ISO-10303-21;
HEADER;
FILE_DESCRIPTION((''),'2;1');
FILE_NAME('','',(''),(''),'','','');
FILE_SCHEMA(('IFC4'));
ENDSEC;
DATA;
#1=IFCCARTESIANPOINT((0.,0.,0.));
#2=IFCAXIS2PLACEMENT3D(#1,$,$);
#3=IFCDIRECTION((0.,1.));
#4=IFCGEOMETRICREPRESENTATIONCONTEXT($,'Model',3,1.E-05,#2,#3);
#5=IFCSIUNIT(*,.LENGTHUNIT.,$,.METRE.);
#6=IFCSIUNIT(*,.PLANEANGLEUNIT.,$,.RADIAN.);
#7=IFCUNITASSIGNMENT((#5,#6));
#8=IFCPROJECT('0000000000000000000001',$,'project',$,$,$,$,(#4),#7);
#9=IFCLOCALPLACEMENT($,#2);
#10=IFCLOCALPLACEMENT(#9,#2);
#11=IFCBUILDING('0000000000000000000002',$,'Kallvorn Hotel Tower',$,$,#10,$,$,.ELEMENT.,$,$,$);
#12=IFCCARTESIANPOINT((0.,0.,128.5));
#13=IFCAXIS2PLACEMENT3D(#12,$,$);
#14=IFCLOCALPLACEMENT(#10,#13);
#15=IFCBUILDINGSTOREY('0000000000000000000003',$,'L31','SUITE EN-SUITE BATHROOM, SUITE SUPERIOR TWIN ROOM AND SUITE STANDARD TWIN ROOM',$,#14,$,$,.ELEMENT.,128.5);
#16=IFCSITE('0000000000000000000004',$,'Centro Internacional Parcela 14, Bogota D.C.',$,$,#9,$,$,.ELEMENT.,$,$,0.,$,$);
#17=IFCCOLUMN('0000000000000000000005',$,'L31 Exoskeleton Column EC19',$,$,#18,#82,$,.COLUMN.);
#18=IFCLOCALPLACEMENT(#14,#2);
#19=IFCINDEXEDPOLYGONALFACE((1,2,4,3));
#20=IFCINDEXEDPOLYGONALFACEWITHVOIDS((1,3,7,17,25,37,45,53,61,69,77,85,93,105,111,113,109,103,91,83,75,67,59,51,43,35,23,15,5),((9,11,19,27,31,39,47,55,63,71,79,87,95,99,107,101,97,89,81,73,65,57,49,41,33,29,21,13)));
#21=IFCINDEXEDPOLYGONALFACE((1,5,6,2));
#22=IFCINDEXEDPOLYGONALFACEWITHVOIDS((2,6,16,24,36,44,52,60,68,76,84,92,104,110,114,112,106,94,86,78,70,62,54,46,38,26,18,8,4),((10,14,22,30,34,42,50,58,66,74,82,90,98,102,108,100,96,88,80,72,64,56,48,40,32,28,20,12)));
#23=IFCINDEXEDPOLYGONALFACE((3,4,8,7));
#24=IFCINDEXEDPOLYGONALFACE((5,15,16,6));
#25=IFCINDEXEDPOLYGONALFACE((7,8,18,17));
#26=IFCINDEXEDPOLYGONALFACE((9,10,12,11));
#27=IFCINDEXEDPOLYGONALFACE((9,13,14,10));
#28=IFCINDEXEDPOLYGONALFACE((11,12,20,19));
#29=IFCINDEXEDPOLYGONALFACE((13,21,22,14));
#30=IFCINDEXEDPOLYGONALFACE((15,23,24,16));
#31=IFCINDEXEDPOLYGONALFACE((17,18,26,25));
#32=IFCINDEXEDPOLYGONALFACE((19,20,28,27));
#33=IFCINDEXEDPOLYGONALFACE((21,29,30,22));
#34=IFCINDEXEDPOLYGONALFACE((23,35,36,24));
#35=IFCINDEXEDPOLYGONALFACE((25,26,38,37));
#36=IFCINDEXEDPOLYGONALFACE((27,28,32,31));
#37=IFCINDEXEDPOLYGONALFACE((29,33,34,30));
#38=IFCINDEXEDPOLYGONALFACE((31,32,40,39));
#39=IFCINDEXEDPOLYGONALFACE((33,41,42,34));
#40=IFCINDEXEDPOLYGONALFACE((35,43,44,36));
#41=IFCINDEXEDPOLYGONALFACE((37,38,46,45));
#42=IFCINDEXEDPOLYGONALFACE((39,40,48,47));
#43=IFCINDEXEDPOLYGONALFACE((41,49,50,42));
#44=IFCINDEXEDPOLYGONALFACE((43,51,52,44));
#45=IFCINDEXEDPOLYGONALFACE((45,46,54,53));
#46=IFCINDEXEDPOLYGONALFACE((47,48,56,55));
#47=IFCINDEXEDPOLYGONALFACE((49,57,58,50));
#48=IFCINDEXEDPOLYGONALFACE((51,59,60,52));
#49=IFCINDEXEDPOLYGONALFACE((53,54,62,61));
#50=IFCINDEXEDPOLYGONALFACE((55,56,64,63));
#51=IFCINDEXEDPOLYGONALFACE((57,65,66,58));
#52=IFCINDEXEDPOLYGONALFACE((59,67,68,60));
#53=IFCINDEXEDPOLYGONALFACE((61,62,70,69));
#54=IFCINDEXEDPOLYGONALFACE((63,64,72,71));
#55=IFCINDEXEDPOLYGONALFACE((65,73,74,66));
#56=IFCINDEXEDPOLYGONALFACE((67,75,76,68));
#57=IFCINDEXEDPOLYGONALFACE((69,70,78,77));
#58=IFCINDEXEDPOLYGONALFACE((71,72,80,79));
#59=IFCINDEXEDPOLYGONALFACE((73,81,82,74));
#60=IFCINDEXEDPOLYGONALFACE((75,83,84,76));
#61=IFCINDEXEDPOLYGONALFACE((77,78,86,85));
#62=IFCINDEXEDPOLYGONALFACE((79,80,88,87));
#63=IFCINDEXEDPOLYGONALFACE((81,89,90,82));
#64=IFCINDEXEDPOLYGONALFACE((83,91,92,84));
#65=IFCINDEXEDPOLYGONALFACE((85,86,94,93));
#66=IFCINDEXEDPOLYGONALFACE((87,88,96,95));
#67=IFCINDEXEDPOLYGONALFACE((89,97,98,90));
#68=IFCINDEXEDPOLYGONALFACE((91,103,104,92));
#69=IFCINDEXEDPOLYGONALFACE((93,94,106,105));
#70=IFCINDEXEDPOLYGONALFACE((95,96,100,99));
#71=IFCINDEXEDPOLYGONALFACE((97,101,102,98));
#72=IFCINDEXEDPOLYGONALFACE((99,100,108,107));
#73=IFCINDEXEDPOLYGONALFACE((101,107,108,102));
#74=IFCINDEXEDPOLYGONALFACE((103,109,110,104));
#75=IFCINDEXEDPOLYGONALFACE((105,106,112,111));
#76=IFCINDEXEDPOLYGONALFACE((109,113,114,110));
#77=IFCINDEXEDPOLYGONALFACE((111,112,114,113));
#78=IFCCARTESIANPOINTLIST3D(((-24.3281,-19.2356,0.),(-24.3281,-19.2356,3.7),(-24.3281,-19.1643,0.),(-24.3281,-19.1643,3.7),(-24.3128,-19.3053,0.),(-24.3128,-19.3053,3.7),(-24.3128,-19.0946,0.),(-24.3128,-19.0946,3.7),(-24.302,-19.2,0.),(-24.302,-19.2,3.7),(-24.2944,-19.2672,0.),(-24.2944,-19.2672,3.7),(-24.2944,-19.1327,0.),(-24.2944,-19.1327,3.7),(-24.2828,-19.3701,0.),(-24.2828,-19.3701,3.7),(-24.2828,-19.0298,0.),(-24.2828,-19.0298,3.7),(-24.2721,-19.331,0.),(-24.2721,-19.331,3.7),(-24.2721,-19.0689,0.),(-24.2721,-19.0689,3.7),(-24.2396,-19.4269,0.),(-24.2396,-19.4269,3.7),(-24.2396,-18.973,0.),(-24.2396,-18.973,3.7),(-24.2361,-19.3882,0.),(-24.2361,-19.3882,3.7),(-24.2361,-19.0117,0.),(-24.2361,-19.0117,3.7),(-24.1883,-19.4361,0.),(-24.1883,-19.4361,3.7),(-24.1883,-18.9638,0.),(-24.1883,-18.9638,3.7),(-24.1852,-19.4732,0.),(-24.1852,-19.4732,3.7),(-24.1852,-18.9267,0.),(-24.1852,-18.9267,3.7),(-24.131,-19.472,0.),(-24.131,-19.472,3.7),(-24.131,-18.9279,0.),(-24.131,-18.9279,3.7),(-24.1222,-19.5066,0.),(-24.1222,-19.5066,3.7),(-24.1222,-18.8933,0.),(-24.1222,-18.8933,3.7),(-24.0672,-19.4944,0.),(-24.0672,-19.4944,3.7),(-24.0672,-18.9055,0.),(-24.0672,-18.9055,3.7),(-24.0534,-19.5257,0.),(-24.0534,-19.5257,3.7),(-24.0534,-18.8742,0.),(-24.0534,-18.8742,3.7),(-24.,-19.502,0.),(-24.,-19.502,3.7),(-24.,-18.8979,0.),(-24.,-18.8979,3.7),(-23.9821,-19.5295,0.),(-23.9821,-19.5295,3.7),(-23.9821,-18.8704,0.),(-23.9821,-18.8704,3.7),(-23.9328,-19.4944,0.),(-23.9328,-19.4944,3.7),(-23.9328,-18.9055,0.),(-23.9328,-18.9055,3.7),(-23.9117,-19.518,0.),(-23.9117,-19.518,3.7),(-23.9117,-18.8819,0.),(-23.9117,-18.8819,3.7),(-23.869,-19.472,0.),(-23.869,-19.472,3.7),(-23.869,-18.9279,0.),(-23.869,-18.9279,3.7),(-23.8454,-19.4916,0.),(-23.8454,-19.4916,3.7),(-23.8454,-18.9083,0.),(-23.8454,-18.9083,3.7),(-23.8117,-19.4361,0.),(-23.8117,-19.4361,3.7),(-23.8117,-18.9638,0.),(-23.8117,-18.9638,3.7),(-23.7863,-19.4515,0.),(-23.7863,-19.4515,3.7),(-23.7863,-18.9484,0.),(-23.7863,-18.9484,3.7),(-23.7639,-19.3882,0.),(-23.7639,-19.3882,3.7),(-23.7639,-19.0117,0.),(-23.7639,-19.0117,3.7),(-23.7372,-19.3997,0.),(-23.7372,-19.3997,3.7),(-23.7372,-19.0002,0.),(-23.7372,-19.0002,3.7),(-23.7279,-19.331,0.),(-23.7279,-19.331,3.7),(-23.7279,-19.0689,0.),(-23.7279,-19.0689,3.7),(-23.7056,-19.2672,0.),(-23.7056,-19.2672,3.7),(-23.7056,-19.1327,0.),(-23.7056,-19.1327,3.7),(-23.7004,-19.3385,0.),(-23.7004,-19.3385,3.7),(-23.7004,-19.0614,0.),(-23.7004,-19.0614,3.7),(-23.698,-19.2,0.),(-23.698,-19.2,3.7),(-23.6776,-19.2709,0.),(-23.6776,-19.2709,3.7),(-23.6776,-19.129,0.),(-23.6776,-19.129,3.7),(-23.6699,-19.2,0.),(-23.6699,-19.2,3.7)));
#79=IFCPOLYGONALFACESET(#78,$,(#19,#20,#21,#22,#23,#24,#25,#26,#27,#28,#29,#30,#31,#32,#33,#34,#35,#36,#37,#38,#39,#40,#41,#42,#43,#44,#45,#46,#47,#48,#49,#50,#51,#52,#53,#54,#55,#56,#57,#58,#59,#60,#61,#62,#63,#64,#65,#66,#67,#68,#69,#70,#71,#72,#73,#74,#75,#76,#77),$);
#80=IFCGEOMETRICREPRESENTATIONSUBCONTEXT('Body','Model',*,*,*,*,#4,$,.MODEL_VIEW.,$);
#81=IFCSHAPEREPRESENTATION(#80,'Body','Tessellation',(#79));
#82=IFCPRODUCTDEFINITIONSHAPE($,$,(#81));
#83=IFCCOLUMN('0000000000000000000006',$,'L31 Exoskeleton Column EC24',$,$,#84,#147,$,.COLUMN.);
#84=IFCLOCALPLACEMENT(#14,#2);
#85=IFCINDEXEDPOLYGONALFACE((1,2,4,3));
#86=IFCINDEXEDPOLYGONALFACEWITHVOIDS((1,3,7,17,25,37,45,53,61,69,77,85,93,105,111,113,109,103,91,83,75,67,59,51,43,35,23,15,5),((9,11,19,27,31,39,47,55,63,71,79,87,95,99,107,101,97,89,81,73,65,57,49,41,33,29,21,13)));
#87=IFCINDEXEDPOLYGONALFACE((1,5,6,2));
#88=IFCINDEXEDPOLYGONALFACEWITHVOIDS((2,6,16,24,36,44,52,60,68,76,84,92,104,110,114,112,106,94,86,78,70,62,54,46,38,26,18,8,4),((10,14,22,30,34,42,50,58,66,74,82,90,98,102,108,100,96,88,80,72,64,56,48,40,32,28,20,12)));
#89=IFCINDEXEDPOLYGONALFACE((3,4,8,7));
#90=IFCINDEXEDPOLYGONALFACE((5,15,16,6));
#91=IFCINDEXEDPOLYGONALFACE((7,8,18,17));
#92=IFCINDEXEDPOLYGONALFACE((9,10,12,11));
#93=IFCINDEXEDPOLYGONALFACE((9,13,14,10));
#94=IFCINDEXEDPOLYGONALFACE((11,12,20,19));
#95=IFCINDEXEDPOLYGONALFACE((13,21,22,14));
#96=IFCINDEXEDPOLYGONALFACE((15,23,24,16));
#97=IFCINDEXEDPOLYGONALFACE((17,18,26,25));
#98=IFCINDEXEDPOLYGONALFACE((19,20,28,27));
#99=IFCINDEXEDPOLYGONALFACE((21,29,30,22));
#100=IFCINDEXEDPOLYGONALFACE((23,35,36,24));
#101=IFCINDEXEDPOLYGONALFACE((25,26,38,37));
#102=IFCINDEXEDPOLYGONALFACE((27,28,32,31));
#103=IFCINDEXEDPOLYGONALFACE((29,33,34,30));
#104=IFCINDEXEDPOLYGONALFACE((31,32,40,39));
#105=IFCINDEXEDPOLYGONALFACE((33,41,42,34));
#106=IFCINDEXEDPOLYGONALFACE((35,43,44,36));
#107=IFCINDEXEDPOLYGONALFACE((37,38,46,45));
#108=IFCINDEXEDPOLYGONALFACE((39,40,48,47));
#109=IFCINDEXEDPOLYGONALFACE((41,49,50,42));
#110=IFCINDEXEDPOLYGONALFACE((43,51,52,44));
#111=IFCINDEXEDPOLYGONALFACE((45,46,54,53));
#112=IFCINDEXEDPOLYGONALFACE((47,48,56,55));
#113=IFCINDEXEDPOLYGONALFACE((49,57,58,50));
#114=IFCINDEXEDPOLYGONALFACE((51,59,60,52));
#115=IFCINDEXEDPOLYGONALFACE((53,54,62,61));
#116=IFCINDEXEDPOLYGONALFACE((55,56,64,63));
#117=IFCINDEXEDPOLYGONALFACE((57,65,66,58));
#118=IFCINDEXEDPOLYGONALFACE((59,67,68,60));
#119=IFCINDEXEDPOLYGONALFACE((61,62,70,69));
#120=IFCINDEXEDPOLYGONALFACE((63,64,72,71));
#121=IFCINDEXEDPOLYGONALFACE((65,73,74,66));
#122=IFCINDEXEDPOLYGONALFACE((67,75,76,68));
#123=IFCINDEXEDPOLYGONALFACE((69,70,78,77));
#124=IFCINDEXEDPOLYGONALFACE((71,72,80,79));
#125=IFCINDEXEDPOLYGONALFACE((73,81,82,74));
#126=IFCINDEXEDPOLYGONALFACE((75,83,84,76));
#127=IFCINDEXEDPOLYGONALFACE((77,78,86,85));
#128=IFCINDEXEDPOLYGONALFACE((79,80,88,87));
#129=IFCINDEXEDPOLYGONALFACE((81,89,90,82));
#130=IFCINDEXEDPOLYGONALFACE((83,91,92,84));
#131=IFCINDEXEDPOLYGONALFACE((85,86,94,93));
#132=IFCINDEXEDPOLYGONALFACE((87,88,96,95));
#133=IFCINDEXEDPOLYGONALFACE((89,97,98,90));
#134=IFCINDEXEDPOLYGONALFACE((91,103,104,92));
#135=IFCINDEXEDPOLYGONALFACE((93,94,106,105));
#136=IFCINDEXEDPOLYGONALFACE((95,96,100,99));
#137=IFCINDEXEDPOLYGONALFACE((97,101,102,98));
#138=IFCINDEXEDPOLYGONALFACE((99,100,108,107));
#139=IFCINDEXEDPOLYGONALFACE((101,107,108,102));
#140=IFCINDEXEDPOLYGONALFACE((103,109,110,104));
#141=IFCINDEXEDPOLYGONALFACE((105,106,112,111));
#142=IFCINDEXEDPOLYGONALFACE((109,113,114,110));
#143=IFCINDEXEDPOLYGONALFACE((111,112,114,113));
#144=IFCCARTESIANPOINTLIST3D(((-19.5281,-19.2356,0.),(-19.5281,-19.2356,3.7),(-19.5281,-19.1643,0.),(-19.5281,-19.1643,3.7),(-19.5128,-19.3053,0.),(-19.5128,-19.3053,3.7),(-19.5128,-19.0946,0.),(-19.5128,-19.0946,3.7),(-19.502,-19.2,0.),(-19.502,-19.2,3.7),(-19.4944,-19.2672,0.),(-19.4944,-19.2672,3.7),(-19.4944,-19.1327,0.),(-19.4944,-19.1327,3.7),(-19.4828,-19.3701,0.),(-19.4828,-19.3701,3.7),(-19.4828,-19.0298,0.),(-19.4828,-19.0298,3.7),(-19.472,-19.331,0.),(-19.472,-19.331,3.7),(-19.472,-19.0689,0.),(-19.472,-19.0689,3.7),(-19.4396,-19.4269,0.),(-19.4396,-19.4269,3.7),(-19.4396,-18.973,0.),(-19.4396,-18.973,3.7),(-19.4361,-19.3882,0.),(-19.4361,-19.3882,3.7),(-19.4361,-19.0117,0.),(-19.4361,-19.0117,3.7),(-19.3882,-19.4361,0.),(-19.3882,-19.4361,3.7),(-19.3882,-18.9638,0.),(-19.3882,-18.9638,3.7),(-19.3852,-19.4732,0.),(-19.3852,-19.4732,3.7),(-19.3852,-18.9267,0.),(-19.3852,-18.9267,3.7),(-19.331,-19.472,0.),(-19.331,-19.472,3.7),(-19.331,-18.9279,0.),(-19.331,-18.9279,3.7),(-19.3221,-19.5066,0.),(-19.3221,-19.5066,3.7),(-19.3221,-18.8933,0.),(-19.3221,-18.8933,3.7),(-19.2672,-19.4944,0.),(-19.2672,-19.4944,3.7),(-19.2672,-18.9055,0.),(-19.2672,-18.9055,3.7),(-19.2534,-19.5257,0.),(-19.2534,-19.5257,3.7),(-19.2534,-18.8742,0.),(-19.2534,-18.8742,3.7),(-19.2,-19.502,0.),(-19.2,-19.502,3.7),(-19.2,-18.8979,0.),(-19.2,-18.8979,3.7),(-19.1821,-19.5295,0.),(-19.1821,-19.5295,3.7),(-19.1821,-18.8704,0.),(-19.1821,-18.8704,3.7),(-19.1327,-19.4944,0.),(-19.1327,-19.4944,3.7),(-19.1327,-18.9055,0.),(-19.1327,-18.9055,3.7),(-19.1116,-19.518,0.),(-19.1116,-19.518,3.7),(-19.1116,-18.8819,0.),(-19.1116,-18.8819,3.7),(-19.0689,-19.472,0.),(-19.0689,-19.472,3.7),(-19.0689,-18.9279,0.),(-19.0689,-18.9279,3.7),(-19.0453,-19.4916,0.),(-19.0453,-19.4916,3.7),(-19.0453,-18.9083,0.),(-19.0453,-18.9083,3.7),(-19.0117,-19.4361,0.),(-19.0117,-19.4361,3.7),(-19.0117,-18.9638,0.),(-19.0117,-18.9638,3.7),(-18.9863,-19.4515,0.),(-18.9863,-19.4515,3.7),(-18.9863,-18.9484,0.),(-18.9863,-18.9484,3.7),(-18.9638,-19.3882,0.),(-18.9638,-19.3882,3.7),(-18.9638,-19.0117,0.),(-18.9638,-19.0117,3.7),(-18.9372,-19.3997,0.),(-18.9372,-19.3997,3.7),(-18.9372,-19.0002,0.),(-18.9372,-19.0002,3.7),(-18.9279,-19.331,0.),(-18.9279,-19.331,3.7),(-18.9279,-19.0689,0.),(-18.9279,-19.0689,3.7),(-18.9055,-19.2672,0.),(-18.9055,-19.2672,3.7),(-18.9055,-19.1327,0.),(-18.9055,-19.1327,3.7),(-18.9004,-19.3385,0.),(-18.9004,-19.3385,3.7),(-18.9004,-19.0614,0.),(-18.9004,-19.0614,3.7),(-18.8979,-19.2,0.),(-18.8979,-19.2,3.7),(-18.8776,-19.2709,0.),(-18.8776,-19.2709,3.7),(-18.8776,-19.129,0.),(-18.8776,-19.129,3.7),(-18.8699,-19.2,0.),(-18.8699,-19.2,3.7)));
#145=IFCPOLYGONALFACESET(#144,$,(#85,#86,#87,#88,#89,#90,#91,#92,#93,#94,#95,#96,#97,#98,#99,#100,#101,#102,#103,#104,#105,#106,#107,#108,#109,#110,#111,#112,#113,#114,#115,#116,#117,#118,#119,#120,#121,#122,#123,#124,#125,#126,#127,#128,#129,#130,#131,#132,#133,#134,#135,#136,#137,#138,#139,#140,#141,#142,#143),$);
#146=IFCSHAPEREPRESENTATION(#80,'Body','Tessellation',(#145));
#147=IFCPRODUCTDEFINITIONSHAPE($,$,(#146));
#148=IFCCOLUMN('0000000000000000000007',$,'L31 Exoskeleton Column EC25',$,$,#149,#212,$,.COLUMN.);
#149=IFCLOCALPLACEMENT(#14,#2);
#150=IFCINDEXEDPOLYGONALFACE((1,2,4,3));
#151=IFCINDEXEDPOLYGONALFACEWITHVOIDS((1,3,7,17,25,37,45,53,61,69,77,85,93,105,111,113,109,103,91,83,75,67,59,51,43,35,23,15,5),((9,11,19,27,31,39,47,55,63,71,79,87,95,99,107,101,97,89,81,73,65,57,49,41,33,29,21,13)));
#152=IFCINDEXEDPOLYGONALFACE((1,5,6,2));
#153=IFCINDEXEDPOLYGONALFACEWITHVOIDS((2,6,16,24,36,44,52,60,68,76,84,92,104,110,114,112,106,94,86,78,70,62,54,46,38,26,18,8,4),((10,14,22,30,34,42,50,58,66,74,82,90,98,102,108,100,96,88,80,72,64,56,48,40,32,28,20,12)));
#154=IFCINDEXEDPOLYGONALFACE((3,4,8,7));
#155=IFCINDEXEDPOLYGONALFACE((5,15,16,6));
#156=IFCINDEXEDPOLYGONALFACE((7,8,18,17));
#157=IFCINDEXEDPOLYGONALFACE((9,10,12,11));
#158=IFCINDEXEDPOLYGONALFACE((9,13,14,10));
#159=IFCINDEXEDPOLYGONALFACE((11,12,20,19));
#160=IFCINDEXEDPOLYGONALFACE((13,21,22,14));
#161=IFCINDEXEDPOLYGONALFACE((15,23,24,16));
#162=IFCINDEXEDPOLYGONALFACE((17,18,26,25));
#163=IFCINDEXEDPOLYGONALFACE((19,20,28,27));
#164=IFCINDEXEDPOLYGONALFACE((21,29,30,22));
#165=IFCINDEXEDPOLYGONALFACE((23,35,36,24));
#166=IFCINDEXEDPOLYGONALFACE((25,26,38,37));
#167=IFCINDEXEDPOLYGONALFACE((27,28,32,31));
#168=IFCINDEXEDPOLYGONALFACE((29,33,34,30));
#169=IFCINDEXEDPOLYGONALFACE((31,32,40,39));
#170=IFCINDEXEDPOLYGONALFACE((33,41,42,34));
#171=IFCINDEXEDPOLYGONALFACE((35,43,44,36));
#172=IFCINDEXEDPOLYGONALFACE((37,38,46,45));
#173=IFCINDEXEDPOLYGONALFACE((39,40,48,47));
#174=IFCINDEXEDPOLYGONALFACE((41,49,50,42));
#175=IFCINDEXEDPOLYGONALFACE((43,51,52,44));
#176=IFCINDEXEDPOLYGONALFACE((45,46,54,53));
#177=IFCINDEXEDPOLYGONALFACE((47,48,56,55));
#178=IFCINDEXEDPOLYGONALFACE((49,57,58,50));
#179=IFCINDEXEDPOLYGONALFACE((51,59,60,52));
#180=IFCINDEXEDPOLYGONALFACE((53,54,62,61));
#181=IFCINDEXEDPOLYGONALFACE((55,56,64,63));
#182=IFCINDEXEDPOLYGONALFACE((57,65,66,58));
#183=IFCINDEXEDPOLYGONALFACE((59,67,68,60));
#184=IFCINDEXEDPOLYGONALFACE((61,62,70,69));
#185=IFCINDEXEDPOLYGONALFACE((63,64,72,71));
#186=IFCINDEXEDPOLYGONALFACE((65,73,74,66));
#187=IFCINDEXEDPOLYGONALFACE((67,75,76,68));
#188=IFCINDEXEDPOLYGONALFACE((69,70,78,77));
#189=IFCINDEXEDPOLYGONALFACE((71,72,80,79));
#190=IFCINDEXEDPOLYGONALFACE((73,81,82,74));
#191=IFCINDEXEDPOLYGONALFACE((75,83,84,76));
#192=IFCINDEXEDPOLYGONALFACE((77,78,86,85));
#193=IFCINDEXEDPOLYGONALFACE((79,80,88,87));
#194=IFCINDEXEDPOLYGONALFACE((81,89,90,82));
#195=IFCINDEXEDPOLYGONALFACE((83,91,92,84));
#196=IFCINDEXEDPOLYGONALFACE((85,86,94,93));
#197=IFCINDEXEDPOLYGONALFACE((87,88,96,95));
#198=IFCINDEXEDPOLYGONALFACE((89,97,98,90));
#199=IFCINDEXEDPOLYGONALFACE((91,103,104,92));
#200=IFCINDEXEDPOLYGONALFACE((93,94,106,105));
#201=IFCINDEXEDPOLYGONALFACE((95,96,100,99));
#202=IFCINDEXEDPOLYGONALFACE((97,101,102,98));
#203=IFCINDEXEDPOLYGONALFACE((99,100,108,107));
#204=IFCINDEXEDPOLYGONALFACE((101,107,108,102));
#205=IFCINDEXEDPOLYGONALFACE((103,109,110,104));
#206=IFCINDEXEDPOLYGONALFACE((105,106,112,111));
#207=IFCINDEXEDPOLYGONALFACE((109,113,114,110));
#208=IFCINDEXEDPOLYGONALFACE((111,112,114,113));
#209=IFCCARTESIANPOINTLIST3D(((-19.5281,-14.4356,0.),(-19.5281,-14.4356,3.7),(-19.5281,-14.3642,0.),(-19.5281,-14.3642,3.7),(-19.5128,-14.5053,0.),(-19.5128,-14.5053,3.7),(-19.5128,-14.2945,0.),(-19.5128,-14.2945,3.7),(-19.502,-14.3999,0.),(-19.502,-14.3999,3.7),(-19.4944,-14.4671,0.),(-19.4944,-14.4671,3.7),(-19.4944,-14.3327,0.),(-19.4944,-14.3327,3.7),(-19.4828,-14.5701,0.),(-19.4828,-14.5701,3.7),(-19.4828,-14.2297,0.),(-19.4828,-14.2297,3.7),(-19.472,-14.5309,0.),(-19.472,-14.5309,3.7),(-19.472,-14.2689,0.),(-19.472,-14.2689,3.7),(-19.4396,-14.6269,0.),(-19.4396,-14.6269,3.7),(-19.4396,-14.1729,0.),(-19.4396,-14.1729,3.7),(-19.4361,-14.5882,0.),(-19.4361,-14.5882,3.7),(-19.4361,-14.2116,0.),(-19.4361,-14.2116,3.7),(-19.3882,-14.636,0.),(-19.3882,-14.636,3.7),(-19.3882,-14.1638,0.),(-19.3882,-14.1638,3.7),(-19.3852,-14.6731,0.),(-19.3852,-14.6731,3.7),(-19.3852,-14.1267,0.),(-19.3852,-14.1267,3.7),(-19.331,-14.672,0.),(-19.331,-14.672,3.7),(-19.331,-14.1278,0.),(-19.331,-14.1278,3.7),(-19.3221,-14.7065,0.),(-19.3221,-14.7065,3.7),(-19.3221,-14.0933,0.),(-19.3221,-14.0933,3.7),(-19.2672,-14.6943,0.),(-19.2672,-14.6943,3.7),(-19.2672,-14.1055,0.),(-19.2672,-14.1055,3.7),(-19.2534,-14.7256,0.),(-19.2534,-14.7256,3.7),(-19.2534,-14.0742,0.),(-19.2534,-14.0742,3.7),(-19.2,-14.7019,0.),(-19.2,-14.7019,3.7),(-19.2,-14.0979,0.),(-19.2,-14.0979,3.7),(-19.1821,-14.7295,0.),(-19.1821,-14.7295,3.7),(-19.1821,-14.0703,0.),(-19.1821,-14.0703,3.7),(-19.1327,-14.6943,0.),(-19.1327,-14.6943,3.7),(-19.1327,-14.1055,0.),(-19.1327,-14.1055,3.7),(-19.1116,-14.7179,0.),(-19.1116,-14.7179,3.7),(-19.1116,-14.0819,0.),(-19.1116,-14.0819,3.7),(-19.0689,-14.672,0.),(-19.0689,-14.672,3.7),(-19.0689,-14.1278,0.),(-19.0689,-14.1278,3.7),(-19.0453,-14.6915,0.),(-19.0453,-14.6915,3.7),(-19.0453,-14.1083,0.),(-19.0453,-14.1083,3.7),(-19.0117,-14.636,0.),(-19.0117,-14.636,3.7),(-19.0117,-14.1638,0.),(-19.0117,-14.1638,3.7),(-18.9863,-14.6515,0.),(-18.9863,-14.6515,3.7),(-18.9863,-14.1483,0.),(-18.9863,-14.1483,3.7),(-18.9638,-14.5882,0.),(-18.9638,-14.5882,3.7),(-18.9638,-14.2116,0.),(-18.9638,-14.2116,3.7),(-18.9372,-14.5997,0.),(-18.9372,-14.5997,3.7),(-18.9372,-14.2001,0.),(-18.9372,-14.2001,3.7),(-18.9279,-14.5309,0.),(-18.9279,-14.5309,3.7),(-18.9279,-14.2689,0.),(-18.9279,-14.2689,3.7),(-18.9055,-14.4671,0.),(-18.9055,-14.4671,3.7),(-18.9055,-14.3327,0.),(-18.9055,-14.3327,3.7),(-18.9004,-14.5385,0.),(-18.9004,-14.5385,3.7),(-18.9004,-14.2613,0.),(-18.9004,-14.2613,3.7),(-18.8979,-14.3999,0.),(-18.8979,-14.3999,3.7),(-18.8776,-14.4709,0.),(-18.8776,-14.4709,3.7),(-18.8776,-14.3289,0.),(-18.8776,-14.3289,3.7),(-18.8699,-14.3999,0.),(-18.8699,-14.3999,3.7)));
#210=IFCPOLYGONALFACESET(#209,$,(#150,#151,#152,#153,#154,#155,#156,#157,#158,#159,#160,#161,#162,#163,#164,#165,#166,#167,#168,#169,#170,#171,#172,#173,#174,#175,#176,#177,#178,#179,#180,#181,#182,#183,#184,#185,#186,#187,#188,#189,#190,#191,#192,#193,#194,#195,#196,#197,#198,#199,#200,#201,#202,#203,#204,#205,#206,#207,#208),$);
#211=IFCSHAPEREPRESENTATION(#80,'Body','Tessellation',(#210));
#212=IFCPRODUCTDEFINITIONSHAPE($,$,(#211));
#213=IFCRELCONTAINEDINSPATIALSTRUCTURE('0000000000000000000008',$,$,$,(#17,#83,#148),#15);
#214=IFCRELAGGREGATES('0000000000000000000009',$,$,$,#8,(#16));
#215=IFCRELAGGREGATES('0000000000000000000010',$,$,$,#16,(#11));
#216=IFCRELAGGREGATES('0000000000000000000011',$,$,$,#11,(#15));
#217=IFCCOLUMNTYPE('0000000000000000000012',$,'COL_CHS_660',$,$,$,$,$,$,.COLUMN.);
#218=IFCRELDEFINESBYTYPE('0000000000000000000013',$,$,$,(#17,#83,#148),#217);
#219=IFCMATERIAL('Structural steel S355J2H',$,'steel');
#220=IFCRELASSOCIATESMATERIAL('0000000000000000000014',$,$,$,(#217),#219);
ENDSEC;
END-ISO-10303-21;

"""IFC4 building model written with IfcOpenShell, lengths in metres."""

from ifc_helpers import new_model, si_unit, direction, frame, origin, origin_2d, place, context, subcontext, project, spatial, hollow_circle, extrude, material, material_profile, profile_set, type_object, element, save


model = new_model("IFC4")

# Units and contexts
model_context = context("Model", 3, precision=1e-05, world=origin(), true_north=direction((0.0, 1.0)))
body_context = subcontext(model_context, "Body", "Model", "MODEL_VIEW")
ifc_project = project(units=[si_unit("LENGTHUNIT", "METRE"), si_unit("PLANEANGLEUNIT", "RADIAN")], contexts=[model_context])

# Site, building, storey
site_placement = place(None, origin())
site = spatial("IfcSite", under=ifc_project, at=site_placement, Name="Centro Internacional Parcela 14, Bogota D.C.", CompositionType="ELEMENT", RefElevation=0.0)
building_placement = place(site_placement, origin())
building = spatial("IfcBuilding", under=site, at=building_placement, Name="Kallvorn Hotel Tower", CompositionType="ELEMENT")
storey_placement = place(building_placement, frame((0.0, 0.0, 128.5)))
storey = spatial("IfcBuildingStorey", under=building, at=storey_placement, Name="L31", Description="SUITE EN-SUITE BATHROOM, SUITE SUPERIOR TWIN ROOM AND SUITE STANDARD TWIN ROOM", CompositionType="ELEMENT", Elevation=128.5)

# Columns
ifc_material_1 = material(Name="Structural steel S355J2H", Category="steel")
ifc_material_profile_1 = material_profile(ifc_material_1, hollow_circle(Radius=0.3301, WallThickness=0.0281, at=origin_2d()), Name="CHS 660x28")
ifc_profile_set_1 = profile_set([ifc_material_profile_1], Name="Structural steel S355J2H")
column_type_1 = type_object("IfcColumnType", Name="COL_CHS_660", PredefinedType="COLUMN", material=ifc_profile_set_1)
for number, where, z_axis, x_axis, name in (
    (1, (-24.0, -19.2, 0.0), (0.0, 0.0, 1.0), (1.0, 0.0, 0.0), "L31 Exoskeleton Column EC19"),
    (2, (-19.2, -19.2, 0.0), (0.0, 0.0, 1.0), (1.0, 0.0, 0.0), "L31 Exoskeleton Column EC24"),
    (3, (-19.2, -14.3999, 0.0), (0.0, 0.0, 1.0), (1.0, 0.0, 0.0), "L31 Exoskeleton Column EC25"),
):
    element("IfcColumn", number, at=place(storey_placement, frame(where, z_axis=z_axis, x_axis=x_axis)), inside=storey, type_object=column_type_1, Name=name, PredefinedType="COLUMN", context=body_context, shape_type="SweptSolid", body=[
        extrude(hollow_circle(Radius=0.3301, WallThickness=0.0281, at=origin_2d()), origin(), (0.0, 0.0, 1.0), 3.7),
    ])

save(model, "model.ifc")
